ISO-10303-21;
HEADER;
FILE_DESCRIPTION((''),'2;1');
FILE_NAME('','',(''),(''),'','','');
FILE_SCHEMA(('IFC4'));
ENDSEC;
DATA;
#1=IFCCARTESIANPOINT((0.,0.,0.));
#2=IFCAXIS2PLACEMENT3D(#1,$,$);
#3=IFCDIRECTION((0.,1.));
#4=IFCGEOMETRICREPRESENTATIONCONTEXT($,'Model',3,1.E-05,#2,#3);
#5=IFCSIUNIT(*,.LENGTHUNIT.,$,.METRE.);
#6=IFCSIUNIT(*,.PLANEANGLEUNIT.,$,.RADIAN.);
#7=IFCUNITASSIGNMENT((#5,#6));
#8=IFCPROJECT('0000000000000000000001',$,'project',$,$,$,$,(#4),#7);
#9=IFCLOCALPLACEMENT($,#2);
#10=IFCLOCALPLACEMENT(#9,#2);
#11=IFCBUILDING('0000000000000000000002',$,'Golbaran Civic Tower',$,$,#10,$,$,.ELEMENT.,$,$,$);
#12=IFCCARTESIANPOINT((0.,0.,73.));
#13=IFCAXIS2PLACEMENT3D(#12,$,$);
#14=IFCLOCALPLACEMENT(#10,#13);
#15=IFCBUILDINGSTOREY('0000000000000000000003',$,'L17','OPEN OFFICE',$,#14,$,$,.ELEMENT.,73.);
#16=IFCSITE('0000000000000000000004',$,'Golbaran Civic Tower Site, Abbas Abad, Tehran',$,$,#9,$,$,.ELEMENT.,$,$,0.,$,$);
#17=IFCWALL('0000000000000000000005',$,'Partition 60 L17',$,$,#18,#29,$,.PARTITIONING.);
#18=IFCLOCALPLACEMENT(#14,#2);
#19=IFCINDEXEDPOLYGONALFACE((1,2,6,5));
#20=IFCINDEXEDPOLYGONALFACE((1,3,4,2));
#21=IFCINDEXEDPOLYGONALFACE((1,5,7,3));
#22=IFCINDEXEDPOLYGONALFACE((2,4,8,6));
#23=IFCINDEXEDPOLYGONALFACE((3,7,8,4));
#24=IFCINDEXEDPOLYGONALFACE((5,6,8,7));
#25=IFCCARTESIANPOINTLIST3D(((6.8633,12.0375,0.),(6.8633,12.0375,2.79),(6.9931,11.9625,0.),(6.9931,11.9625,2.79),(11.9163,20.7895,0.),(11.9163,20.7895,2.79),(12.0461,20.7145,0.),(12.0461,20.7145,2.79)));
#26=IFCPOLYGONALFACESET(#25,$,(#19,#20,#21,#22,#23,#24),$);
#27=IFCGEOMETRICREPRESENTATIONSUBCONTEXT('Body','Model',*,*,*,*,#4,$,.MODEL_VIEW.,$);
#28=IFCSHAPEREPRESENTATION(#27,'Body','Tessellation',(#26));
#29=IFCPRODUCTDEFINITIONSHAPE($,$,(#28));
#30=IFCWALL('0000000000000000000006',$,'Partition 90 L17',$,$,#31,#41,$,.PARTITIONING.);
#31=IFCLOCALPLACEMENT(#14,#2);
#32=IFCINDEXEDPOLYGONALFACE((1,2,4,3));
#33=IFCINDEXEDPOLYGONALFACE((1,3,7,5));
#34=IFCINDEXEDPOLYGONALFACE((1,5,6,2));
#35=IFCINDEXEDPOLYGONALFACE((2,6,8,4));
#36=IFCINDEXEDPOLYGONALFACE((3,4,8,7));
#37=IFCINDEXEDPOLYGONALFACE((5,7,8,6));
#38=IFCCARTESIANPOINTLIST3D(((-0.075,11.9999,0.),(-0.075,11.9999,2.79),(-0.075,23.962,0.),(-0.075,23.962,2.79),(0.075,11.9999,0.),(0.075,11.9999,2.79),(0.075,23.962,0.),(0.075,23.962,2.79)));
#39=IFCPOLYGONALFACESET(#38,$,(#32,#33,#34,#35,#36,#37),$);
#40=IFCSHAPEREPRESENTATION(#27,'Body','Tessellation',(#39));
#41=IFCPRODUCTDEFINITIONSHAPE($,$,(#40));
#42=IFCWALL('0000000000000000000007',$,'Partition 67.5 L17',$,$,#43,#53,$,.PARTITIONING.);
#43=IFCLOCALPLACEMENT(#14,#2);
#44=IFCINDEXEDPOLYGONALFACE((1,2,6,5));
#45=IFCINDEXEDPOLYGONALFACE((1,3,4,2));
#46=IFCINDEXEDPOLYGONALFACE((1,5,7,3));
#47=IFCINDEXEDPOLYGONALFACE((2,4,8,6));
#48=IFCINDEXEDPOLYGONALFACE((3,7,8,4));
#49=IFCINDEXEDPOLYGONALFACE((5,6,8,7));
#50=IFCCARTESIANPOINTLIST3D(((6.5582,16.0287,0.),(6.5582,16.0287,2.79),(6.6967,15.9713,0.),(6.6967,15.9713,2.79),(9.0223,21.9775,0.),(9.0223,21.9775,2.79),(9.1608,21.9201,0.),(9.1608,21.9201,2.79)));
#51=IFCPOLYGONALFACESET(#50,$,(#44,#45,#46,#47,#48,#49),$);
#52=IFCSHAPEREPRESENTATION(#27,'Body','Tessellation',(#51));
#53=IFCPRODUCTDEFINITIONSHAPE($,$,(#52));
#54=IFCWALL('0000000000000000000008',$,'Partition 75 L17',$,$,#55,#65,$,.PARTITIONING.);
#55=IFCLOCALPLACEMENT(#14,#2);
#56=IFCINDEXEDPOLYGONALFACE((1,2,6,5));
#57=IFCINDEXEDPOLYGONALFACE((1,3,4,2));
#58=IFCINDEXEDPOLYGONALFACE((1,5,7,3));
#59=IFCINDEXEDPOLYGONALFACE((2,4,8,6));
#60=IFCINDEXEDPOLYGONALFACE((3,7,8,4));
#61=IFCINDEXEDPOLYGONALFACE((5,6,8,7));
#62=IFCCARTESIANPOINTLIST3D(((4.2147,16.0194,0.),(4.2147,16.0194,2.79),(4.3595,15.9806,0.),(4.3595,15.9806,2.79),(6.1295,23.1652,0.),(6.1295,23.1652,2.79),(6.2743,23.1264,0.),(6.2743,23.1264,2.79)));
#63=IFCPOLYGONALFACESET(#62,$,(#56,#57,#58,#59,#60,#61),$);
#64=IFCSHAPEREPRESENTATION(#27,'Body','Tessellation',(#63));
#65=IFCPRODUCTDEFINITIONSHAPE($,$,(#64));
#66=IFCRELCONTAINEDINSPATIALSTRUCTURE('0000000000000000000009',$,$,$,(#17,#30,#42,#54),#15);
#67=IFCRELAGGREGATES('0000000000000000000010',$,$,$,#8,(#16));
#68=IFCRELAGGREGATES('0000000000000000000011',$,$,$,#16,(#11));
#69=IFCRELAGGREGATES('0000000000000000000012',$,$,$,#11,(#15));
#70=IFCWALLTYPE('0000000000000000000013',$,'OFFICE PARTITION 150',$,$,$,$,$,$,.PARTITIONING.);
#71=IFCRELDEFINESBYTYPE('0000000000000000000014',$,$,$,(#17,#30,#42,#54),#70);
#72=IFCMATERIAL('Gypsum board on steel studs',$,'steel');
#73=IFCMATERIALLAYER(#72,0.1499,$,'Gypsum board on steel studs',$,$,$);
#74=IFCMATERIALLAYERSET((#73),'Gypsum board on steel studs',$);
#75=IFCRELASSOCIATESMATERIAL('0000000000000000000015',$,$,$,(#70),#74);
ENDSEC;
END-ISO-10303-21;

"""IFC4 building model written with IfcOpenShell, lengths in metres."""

from ifc_helpers import new_model, si_unit, direction, frame, frame_2d, origin, place, context, subcontext, project, spatial, rectangle, extrude, material, layer, layer_set, type_object, element, save


model = new_model("IFC4")

# Units and contexts
model_context = context("Model", 3, precision=1e-05, world=origin(), true_north=direction((0.0, 1.0)))
body_context = subcontext(model_context, "Body", "Model", "MODEL_VIEW")
ifc_project = project(units=[si_unit("LENGTHUNIT", "METRE"), si_unit("PLANEANGLEUNIT", "RADIAN")], contexts=[model_context])

# Site, building, storey
site_placement = place(None, origin())
site = spatial("IfcSite", under=ifc_project, at=site_placement, Name="Golbaran Civic Tower Site, Abbas Abad, Tehran", CompositionType="ELEMENT", RefElevation=0.0)
building_placement = place(site_placement, origin())
building = spatial("IfcBuilding", under=site, at=building_placement, Name="Golbaran Civic Tower", CompositionType="ELEMENT")
storey_placement = place(building_placement, frame((0.0, 0.0, 73.0)))
storey = spatial("IfcBuildingStorey", under=building, at=storey_placement, Name="L17", Description="OPEN OFFICE", CompositionType="ELEMENT", Elevation=73.0)

# Walls
ifc_material_1 = material(Name="Gypsum board on steel studs", Category="steel")
ifc_layer_1 = layer(ifc_material_1, 0.1499, Name="Gypsum board on steel studs")
ifc_layer_set_1 = layer_set([ifc_layer_1], Name="Gypsum board on steel studs")
wall_type_1 = type_object("IfcWallType", Name="OFFICE PARTITION 150", PredefinedType="PARTITIONING", material=ifc_layer_set_1)
wall_1_placement = place(storey_placement, frame((6.9282, 12.0, 0.0), z_axis=(0.0, 0.0, 1.0), x_axis=(0.500003, 0.866024, 0.0)))
element("IfcWall", 1, at=wall_1_placement, inside=storey, type_object=wall_type_1, Name="Partition 60 L17", PredefinedType="PARTITIONING", context=body_context, shape_type="SweptSolid", body=[
    extrude(rectangle(XDim=10.106, YDim=0.1499, at=frame_2d((5.053, 0.0))), origin(), (0.0, 0.0, 1.0), 2.79),
])
wall_2_placement = place(storey_placement, frame((0.0, 12.0, 0.0), z_axis=(0.0, 0.0, 1.0), x_axis=(0.0, 1.0, 0.0)))
element("IfcWall", 2, at=wall_2_placement, inside=storey, type_object=wall_type_1, Name="Partition 90 L17", PredefinedType="PARTITIONING", context=body_context, shape_type="SweptSolid", body=[
    extrude(rectangle(XDim=11.9622, YDim=0.1499, at=frame_2d((5.981, 0.0))), origin(), (0.0, 0.0, 1.0), 2.79),
])
wall_3_placement = place(storey_placement, frame((6.6274, 16.0, 0.0), z_axis=(0.0, 0.0, 1.0), x_axis=(0.382692, 0.923876, 0.0)))
element("IfcWall", 3, at=wall_3_placement, inside=storey, type_object=wall_type_1, Name="Partition 67.5 L17", PredefinedType="PARTITIONING", context=body_context, shape_type="SweptSolid", body=[
    extrude(rectangle(XDim=6.439, YDim=0.1499, at=frame_2d((3.2195, 0.0))), origin(), (0.0, 0.0, 1.0), 2.79),
])
wall_4_placement = place(storey_placement, frame((4.2871, 16.0, 0.0), z_axis=(0.0, 0.0, 1.0), x_axis=(0.258831, 0.965923, 0.0)))
element("IfcWall", 4, at=wall_4_placement, inside=storey, type_object=wall_type_1, Name="Partition 75 L17", PredefinedType="PARTITIONING", context=body_context, shape_type="SweptSolid", body=[
    extrude(rectangle(XDim=7.3979, YDim=0.1499, at=frame_2d((3.699, 0.0))), origin(), (0.0, 0.0, 1.0), 2.79),
])

save(model, "model.ifc")
